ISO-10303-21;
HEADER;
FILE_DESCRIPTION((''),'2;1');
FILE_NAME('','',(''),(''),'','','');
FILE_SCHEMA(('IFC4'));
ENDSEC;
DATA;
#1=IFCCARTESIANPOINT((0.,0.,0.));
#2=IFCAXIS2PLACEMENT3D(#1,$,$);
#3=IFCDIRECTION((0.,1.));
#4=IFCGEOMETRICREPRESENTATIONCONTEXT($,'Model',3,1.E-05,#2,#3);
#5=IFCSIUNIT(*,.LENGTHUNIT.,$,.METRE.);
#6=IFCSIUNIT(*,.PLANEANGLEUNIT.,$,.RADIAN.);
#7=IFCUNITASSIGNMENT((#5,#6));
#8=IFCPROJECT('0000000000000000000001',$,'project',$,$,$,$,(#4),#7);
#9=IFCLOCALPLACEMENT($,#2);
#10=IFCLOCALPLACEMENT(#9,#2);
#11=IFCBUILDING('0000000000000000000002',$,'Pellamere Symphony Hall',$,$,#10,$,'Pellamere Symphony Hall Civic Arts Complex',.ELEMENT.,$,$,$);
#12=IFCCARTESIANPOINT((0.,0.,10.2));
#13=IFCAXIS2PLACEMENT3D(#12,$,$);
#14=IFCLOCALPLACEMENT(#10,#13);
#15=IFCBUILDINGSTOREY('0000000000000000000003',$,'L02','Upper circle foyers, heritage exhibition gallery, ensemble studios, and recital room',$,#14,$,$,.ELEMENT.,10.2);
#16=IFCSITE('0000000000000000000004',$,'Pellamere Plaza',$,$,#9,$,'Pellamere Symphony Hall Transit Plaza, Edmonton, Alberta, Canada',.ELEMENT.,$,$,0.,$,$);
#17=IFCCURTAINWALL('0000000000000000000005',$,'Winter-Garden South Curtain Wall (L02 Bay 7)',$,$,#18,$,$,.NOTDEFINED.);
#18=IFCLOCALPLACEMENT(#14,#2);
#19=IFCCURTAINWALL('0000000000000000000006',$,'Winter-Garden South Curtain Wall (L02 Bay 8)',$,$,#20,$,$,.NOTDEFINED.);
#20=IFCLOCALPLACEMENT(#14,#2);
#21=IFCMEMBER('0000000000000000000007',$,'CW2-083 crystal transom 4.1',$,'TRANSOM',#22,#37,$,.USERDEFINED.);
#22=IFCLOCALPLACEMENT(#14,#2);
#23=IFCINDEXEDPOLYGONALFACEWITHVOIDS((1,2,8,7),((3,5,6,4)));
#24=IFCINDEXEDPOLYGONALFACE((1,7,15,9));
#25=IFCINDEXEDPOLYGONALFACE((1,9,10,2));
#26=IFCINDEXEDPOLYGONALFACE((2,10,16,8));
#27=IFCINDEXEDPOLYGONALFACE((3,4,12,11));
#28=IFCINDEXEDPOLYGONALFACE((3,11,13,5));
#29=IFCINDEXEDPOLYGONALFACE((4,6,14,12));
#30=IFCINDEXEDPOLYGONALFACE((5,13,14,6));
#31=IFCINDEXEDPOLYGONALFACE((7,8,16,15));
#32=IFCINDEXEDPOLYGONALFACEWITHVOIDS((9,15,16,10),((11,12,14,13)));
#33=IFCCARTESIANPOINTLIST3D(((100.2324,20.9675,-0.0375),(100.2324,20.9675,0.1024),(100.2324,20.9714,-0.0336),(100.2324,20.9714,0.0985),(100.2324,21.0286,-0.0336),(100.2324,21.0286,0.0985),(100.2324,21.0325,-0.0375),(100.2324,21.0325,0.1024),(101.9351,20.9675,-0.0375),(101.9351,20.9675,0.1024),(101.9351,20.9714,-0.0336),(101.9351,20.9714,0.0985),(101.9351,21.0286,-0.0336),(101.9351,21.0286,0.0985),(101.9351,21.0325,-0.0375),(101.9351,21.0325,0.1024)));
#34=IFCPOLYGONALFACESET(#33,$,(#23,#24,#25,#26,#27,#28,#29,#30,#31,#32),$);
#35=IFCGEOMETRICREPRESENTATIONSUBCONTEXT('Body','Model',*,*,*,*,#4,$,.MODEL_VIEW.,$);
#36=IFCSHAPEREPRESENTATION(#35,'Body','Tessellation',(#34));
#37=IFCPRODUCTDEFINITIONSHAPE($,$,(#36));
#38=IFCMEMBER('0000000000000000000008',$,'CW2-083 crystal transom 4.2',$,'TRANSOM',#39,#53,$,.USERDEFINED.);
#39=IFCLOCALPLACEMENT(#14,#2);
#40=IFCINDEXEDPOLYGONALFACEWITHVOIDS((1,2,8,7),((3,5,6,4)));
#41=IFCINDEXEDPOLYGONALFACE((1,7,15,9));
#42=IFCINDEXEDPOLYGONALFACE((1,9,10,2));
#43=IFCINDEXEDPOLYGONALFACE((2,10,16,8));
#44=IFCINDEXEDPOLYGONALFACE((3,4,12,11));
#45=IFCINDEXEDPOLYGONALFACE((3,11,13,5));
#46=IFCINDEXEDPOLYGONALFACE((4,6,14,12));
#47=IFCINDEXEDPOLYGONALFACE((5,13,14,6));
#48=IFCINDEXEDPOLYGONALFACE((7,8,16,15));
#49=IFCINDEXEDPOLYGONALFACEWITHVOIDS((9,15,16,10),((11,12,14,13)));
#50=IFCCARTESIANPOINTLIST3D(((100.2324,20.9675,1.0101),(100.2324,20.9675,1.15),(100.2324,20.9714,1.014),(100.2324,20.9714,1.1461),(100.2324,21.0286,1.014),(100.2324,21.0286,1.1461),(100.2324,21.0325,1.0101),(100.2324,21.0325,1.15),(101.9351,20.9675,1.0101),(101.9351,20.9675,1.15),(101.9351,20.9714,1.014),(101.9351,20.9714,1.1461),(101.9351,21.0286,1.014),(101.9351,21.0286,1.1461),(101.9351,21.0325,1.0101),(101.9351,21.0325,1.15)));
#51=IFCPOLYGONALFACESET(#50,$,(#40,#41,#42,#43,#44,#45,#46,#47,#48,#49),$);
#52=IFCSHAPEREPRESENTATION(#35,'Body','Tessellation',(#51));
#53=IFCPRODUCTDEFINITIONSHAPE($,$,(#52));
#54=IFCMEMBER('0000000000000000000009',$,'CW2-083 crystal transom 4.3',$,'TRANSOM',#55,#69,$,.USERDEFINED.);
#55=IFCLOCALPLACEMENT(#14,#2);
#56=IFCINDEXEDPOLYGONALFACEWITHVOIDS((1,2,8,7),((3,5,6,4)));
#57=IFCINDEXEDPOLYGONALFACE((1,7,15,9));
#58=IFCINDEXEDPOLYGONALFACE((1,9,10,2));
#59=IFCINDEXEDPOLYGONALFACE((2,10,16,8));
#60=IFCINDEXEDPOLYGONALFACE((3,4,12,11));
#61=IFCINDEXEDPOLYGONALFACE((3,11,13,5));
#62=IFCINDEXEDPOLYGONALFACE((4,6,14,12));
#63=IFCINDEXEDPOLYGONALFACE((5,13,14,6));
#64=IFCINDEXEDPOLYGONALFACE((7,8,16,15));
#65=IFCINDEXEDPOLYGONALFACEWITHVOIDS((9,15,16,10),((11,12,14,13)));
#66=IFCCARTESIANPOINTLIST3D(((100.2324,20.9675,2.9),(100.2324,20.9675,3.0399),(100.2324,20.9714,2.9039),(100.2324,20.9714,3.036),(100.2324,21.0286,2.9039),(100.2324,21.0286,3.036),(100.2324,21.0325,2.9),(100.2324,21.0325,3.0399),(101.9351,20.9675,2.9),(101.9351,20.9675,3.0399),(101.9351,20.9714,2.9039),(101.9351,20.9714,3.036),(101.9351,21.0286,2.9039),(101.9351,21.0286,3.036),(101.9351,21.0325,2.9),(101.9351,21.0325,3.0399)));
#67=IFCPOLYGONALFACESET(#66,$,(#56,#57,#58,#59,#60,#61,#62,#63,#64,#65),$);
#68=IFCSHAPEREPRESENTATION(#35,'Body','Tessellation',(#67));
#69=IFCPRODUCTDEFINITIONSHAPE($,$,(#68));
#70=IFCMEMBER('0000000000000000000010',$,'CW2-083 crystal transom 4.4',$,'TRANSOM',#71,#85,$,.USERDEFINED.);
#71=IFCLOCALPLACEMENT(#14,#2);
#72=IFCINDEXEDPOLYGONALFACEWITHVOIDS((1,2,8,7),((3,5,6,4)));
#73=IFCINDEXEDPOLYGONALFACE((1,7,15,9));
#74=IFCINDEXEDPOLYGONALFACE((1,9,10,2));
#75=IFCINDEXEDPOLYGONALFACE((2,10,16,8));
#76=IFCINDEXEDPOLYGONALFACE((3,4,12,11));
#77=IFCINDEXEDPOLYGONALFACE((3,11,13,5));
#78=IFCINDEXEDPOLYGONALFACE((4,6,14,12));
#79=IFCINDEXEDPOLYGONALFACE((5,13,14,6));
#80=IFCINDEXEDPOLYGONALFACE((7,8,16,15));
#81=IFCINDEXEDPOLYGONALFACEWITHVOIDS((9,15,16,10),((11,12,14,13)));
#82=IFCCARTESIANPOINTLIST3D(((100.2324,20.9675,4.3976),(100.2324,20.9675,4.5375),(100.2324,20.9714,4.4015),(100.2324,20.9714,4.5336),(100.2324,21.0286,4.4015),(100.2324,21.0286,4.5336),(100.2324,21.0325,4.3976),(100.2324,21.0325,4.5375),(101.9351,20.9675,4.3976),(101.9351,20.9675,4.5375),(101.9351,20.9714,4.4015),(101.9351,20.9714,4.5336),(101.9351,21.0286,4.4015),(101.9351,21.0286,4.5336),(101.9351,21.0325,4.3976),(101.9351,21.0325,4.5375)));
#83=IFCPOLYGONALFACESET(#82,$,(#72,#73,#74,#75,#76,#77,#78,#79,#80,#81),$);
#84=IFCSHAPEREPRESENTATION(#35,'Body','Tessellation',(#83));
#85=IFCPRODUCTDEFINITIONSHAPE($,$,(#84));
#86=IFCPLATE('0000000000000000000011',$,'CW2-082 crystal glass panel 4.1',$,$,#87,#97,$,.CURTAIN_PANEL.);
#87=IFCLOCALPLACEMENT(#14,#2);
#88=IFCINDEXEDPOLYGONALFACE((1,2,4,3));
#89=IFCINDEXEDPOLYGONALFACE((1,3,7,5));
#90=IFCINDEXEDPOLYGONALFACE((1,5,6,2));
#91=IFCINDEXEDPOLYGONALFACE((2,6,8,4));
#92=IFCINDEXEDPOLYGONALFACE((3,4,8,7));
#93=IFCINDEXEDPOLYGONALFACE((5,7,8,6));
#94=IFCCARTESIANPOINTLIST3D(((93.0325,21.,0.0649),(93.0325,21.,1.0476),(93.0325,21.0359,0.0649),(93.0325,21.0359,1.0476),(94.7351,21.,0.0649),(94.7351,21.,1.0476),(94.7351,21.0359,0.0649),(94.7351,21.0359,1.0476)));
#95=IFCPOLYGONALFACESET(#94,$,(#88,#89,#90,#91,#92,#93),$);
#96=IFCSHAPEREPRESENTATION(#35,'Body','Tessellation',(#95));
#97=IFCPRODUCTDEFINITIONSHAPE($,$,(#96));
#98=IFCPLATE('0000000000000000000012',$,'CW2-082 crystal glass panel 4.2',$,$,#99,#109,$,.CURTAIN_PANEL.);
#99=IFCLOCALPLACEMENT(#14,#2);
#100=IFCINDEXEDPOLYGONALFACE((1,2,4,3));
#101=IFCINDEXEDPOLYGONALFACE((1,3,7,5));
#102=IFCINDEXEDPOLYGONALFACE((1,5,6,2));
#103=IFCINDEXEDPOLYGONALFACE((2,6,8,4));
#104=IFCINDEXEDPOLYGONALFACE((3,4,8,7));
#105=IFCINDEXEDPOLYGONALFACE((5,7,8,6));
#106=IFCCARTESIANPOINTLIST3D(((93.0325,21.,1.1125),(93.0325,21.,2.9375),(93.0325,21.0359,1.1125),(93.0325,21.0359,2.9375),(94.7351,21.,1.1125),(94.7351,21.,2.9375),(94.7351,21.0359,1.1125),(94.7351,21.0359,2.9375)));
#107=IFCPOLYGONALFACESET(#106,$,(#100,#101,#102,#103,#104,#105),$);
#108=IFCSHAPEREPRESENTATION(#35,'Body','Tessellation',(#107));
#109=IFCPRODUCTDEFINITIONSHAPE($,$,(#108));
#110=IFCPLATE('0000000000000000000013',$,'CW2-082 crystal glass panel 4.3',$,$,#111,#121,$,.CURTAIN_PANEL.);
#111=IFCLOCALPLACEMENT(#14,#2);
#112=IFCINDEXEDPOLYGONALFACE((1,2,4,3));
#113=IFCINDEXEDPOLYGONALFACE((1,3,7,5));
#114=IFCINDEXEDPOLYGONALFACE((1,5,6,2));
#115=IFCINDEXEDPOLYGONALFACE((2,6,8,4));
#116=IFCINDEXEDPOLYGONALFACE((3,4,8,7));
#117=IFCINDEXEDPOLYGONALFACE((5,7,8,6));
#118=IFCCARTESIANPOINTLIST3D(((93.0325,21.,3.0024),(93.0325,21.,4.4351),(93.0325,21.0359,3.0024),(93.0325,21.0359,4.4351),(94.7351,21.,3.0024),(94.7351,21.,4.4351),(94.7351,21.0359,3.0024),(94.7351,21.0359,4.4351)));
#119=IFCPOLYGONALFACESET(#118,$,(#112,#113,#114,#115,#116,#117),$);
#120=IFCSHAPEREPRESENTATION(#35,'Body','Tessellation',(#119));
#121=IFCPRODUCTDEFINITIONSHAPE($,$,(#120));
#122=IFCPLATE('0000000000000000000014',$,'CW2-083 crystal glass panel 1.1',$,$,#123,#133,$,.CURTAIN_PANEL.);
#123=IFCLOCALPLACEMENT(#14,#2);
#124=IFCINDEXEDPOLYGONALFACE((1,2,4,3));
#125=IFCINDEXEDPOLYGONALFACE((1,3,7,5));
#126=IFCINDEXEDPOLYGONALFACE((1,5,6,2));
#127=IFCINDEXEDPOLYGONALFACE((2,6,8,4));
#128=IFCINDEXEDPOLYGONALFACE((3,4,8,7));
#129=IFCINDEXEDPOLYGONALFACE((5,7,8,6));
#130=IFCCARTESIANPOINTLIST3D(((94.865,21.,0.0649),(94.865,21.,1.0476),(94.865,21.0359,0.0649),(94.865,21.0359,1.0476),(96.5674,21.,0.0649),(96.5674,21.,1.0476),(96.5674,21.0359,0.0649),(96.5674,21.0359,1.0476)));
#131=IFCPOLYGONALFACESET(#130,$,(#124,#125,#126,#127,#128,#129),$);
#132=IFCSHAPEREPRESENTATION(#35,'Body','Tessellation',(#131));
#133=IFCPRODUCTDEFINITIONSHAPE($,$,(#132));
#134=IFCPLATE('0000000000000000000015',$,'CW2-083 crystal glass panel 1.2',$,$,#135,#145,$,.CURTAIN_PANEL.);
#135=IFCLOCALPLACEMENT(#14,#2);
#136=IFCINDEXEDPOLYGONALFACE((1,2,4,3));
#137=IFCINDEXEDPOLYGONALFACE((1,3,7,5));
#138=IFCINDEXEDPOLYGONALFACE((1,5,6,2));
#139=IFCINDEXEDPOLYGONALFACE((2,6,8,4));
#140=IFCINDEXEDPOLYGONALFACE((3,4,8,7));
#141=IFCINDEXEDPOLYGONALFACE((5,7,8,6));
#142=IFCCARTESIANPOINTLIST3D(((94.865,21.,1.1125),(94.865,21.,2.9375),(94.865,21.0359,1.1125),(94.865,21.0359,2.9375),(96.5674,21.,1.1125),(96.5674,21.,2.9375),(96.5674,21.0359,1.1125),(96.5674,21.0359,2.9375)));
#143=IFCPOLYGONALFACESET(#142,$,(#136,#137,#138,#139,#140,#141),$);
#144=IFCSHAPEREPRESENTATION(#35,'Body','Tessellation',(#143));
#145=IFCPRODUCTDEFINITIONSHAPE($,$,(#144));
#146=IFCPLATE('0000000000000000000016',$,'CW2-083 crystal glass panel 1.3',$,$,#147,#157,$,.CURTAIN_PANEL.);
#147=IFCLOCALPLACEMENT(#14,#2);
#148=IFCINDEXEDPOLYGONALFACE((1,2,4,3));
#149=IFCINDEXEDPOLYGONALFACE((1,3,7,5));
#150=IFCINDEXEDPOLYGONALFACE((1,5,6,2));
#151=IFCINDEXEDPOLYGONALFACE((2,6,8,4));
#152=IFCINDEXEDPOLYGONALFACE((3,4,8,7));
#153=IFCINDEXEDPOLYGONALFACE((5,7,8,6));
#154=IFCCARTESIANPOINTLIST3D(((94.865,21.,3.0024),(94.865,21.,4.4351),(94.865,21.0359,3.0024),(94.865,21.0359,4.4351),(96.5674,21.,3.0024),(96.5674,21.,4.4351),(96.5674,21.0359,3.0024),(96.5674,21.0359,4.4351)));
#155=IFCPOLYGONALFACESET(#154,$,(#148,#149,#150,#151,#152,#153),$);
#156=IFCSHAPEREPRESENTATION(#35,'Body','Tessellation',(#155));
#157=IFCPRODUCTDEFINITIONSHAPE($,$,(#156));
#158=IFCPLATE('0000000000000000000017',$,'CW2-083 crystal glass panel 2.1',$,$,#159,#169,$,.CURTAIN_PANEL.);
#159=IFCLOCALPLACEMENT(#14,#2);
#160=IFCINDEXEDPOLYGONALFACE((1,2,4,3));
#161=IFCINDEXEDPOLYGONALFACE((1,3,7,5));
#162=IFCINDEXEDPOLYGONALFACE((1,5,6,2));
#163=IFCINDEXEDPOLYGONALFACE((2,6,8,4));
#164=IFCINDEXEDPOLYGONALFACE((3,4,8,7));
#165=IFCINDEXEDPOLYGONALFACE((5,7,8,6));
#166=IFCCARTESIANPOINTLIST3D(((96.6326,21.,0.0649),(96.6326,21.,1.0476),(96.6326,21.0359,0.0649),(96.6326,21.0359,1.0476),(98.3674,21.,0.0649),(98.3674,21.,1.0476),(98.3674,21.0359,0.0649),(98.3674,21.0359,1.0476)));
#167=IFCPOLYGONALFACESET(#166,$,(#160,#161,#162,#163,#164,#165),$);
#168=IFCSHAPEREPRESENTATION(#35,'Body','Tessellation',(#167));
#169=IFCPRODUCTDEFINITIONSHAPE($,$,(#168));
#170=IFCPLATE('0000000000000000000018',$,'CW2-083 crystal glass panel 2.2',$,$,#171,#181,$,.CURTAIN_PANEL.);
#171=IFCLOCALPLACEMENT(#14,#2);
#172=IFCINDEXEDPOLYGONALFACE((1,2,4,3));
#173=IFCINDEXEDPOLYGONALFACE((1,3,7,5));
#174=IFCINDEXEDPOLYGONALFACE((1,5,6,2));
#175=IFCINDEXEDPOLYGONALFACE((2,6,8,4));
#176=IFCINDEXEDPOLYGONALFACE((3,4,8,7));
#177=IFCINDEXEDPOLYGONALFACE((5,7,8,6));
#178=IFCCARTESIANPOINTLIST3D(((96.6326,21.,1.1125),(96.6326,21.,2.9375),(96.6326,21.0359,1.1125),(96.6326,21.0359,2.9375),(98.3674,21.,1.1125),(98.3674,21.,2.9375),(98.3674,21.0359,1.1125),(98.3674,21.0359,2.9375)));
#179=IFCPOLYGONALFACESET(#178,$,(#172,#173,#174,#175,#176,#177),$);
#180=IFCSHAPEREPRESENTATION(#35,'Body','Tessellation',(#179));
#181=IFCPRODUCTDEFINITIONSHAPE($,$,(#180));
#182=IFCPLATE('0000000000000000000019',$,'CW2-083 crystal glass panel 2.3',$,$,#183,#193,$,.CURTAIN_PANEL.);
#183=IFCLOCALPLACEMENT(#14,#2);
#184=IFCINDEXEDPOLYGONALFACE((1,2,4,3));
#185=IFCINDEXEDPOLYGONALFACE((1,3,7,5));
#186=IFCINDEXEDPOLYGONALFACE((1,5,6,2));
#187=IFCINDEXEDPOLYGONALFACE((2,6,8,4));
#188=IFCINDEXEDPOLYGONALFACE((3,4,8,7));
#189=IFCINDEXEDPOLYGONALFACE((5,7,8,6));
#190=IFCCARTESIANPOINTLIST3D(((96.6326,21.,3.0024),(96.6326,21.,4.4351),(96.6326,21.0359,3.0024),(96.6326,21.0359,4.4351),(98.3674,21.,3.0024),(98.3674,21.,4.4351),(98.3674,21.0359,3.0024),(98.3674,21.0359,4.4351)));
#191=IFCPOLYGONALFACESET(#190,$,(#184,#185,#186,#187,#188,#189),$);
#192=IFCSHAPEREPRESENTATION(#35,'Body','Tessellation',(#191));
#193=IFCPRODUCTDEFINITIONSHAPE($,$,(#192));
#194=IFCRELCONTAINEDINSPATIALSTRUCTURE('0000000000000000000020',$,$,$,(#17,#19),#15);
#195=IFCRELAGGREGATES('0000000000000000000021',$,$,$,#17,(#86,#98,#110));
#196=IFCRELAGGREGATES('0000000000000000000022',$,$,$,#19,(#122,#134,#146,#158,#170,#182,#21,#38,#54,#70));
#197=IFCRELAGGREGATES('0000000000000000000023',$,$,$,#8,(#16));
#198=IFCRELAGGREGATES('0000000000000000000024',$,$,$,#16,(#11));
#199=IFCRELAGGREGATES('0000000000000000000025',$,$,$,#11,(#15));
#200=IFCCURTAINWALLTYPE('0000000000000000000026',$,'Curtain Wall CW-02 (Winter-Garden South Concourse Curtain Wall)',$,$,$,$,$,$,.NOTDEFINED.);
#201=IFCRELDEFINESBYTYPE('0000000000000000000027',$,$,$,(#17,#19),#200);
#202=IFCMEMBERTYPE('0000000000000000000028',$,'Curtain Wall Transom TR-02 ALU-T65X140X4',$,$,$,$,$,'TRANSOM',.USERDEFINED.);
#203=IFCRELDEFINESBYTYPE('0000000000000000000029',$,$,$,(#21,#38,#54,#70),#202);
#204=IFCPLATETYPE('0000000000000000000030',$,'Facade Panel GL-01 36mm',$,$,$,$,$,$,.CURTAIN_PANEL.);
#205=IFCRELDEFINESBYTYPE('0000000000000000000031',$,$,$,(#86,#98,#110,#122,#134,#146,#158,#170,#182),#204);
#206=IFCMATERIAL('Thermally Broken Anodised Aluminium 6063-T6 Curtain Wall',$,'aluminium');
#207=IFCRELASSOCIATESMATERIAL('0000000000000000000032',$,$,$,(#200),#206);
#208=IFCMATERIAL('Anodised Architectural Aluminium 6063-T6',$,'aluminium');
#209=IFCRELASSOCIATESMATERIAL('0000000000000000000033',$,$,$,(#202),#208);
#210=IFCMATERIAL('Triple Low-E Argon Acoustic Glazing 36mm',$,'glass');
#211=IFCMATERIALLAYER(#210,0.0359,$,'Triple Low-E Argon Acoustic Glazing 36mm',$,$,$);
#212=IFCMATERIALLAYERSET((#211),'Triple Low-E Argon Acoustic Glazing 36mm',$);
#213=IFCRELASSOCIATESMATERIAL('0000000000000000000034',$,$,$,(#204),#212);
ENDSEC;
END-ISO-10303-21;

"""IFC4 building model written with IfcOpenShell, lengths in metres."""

from ifc_helpers import new_model, si_unit, direction, frame, origin, origin_2d, place, context, subcontext, project, spatial, polyline, hollow_rectangle, outline, extrude, material, layer, layer_set, material_profile, profile_set, type_object, element, aggregate, save


model = new_model("IFC4")

# Units and contexts
model_context = context("Model", 3, precision=1e-05, world=origin(), true_north=direction((0.0, 1.0)))
body_context = subcontext(model_context, "Body", "Model", "MODEL_VIEW")
ifc_project = project(units=[si_unit("LENGTHUNIT", "METRE"), si_unit("PLANEANGLEUNIT", "RADIAN")], contexts=[model_context])

# Site, building, storey
site_placement = place(None, origin())
site = spatial("IfcSite", under=ifc_project, at=site_placement, Name="Pellamere Plaza", LongName="Pellamere Symphony Hall Transit Plaza, Edmonton, Alberta, Canada", CompositionType="ELEMENT", RefElevation=0.0)
building_placement = place(site_placement, origin())
building = spatial("IfcBuilding", under=site, at=building_placement, Name="Pellamere Symphony Hall", LongName="Pellamere Symphony Hall Civic Arts Complex", CompositionType="ELEMENT")
storey_placement = place(building_placement, frame((0.0, 0.0, 10.2)))
storey = spatial("IfcBuildingStorey", under=building, at=storey_placement, Name="L02", Description="Upper circle foyers, heritage exhibition gallery, ensemble studios, and recital room", CompositionType="ELEMENT", Elevation=10.2)

# Curtain wall
ifc_material_1 = material(Name="Thermally Broken Anodised Aluminium 6063-T6 Curtain Wall", Category="aluminium")
curtain_wall_type = type_object("IfcCurtainWallType", Name="Curtain Wall CW-02 (Winter-Garden South Concourse Curtain Wall)", PredefinedType="NOTDEFINED", material=ifc_material_1)
curtain_wall_1_placement = place(storey_placement, origin())
curtain_wall_1 = element("IfcCurtainWall", 1, at=curtain_wall_1_placement, inside=storey, type_object=curtain_wall_type, Name="Winter-Garden South Curtain Wall (L02 Bay 7)", PredefinedType="NOTDEFINED")
ifc_material_2 = material(Name="Anodised Architectural Aluminium 6063-T6", Category="aluminium")

# Curtain wall
curtain_wall_2_placement = place(storey_placement, origin())
curtain_wall_2 = element("IfcCurtainWall", 2, at=curtain_wall_2_placement, inside=storey, type_object=curtain_wall_type, Name="Winter-Garden South Curtain Wall (L02 Bay 8)", PredefinedType="NOTDEFINED")

# Members
ifc_material_profile_1 = material_profile(ifc_material_2, hollow_rectangle(XDim=0.0649, YDim=0.1399, WallThickness=0.0039, at=origin_2d()), Name="ALU-T65X140X4")
ifc_profile_set_1 = profile_set([ifc_material_profile_1], Name="Anodised Architectural Aluminium 6063-T6")
member_type_1 = type_object("IfcMemberType", Name="Curtain Wall Transom TR-02 ALU-T65X140X4", ElementType="TRANSOM", PredefinedType="USERDEFINED", material=ifc_profile_set_1)
member_1_placement = place(storey_placement, frame((100.2324, 21.0, 0.0325), z_axis=(1.0, 0.0, 0.0), x_axis=(0.0, 1.0, 0.0)))
member_1 = element("IfcMember", 3, at=member_1_placement, type_object=member_type_1, Name="CW2-083 crystal transom 4.1", ObjectType="TRANSOM", PredefinedType="USERDEFINED", context=body_context, shape_type="SweptSolid", body=[
    extrude(hollow_rectangle(XDim=0.0649, YDim=0.1399, WallThickness=0.0039, at=origin_2d()), origin(), (0.0, 0.0, 1.0), 1.7026),
])
member_2_placement = place(storey_placement, frame((100.2324, 21.0, 1.0801), z_axis=(1.0, 0.0, 0.0), x_axis=(0.0, 1.0, 0.0)))
member_2 = element("IfcMember", 4, at=member_2_placement, type_object=member_type_1, Name="CW2-083 crystal transom 4.2", ObjectType="TRANSOM", PredefinedType="USERDEFINED", context=body_context, shape_type="SweptSolid", body=[
    extrude(hollow_rectangle(XDim=0.0649, YDim=0.1399, WallThickness=0.0039, at=origin_2d()), origin(), (0.0, 0.0, 1.0), 1.7026),
])
member_3_placement = place(storey_placement, frame((100.2324, 21.0, 2.97), z_axis=(1.0, 0.0, 0.0), x_axis=(0.0, 1.0, 0.0)))
member_3 = element("IfcMember", 5, at=member_3_placement, type_object=member_type_1, Name="CW2-083 crystal transom 4.3", ObjectType="TRANSOM", PredefinedType="USERDEFINED", context=body_context, shape_type="SweptSolid", body=[
    extrude(hollow_rectangle(XDim=0.0649, YDim=0.1399, WallThickness=0.0039, at=origin_2d()), origin(), (0.0, 0.0, 1.0), 1.7026),
])
member_4_placement = place(storey_placement, frame((100.2324, 21.0, 4.4675), z_axis=(1.0, 0.0, 0.0), x_axis=(0.0, 1.0, 0.0)))
member_4 = element("IfcMember", 6, at=member_4_placement, type_object=member_type_1, Name="CW2-083 crystal transom 4.4", ObjectType="TRANSOM", PredefinedType="USERDEFINED", context=body_context, shape_type="SweptSolid", body=[
    extrude(hollow_rectangle(XDim=0.0649, YDim=0.1399, WallThickness=0.0039, at=origin_2d()), origin(), (0.0, 0.0, 1.0), 1.7026),
])

# Plates
ifc_material_3 = material(Name="Triple Low-E Argon Acoustic Glazing 36mm", Category="glass")
ifc_layer = layer(ifc_material_3, 0.0359, Name="Triple Low-E Argon Acoustic Glazing 36mm")
ifc_layer_set = layer_set([ifc_layer], Name="Triple Low-E Argon Acoustic Glazing 36mm")
plate_type = type_object("IfcPlateType", Name="Facade Panel GL-01 36mm", PredefinedType="CURTAIN_PANEL", material=ifc_layer_set)
plate_1_placement = place(storey_placement, frame((93.0325, 21.0, 0.0649), z_axis=(0.0, -1.0, 0.0), x_axis=(1.0, 0.0, 0.0)))
plate_1 = element("IfcPlate", 7, at=plate_1_placement, type_object=plate_type, Name="CW2-082 crystal glass panel 4.1", PredefinedType="CURTAIN_PANEL", context=body_context, shape_type="SweptSolid", body=[
    extrude(outline(polyline([(0.0, 0.0), (1.7026, 0.0), (1.7026, 0.9827), (0.0, 0.9827), (0.0, 0.0)])), origin(), (0.0, 0.0, -1.0), 0.0359),
])
plate_2_placement = place(storey_placement, frame((93.0325, 21.0, 1.1125), z_axis=(0.0, -1.0, 0.0), x_axis=(1.0, 0.0, 0.0)))
plate_2 = element("IfcPlate", 8, at=plate_2_placement, type_object=plate_type, Name="CW2-082 crystal glass panel 4.2", PredefinedType="CURTAIN_PANEL", context=body_context, shape_type="SweptSolid", body=[
    extrude(outline(polyline([(0.0, 0.0), (1.7026, 0.0), (1.7026, 1.825), (0.0, 1.825), (0.0, 0.0)])), origin(), (0.0, 0.0, -1.0), 0.0359),
])
plate_3_placement = place(storey_placement, frame((93.0325, 21.0, 3.0024), z_axis=(0.0, -1.0, 0.0), x_axis=(1.0, 0.0, 0.0)))
plate_3 = element("IfcPlate", 9, at=plate_3_placement, type_object=plate_type, Name="CW2-082 crystal glass panel 4.3", PredefinedType="CURTAIN_PANEL", context=body_context, shape_type="SweptSolid", body=[
    extrude(outline(polyline([(0.0, 0.0), (1.7026, 0.0), (1.7026, 1.4326), (0.0, 1.4326), (0.0, 0.0)])), origin(), (0.0, 0.0, -1.0), 0.0359),
])
aggregate(curtain_wall_1, [plate_1, plate_2, plate_3])
plate_4_placement = place(storey_placement, frame((94.865, 21.0, 0.0649), z_axis=(0.0, -1.0, 0.0), x_axis=(1.0, 0.0, 0.0)))
plate_4 = element("IfcPlate", 10, at=plate_4_placement, type_object=plate_type, Name="CW2-083 crystal glass panel 1.1", PredefinedType="CURTAIN_PANEL", context=body_context, shape_type="SweptSolid", body=[
    extrude(outline(polyline([(0.0, 0.0), (1.7024, 0.0), (1.7024, 0.9827), (0.0, 0.9827), (0.0, 0.0)])), origin(), (0.0, 0.0, -1.0), 0.0359),
])
plate_5_placement = place(storey_placement, frame((94.865, 21.0, 1.1125), z_axis=(0.0, -1.0, 0.0), x_axis=(1.0, 0.0, 0.0)))
plate_5 = element("IfcPlate", 11, at=plate_5_placement, type_object=plate_type, Name="CW2-083 crystal glass panel 1.2", PredefinedType="CURTAIN_PANEL", context=body_context, shape_type="SweptSolid", body=[
    extrude(outline(polyline([(0.0, 0.0), (1.7024, 0.0), (1.7024, 1.825), (0.0, 1.825), (0.0, 0.0)])), origin(), (0.0, 0.0, -1.0), 0.0359),
])
plate_6_placement = place(storey_placement, frame((94.865, 21.0, 3.0024), z_axis=(0.0, -1.0, 0.0), x_axis=(1.0, 0.0, 0.0)))
plate_6 = element("IfcPlate", 12, at=plate_6_placement, type_object=plate_type, Name="CW2-083 crystal glass panel 1.3", PredefinedType="CURTAIN_PANEL", context=body_context, shape_type="SweptSolid", body=[
    extrude(outline(polyline([(0.0, 0.0), (1.7024, 0.0), (1.7024, 1.4326), (0.0, 1.4326), (0.0, 0.0)])), origin(), (0.0, 0.0, -1.0), 0.0359),
])
plate_7_placement = place(storey_placement, frame((96.6326, 21.0, 0.0649), z_axis=(0.0, -1.0, 0.0), x_axis=(1.0, 0.0, 0.0)))
plate_7 = element("IfcPlate", 13, at=plate_7_placement, type_object=plate_type, Name="CW2-083 crystal glass panel 2.1", PredefinedType="CURTAIN_PANEL", context=body_context, shape_type="SweptSolid", body=[
    extrude(outline(polyline([(0.0, 0.0), (1.7349, 0.0), (1.7349, 0.9827), (0.0, 0.9827), (0.0, 0.0)])), origin(), (0.0, 0.0, -1.0), 0.0359),
])
plate_8_placement = place(storey_placement, frame((96.6326, 21.0, 1.1125), z_axis=(0.0, -1.0, 0.0), x_axis=(1.0, 0.0, 0.0)))
plate_8 = element("IfcPlate", 14, at=plate_8_placement, type_object=plate_type, Name="CW2-083 crystal glass panel 2.2", PredefinedType="CURTAIN_PANEL", context=body_context, shape_type="SweptSolid", body=[
    extrude(outline(polyline([(0.0, 0.0), (1.7349, 0.0), (1.7349, 1.825), (0.0, 1.825), (0.0, 0.0)])), origin(), (0.0, 0.0, -1.0), 0.0359),
])
plate_9_placement = place(storey_placement, frame((96.6326, 21.0, 3.0024), z_axis=(0.0, -1.0, 0.0), x_axis=(1.0, 0.0, 0.0)))
plate_9 = element("IfcPlate", 15, at=plate_9_placement, type_object=plate_type, Name="CW2-083 crystal glass panel 2.3", PredefinedType="CURTAIN_PANEL", context=body_context, shape_type="SweptSolid", body=[
    extrude(outline(polyline([(0.0, 0.0), (1.7349, 0.0), (1.7349, 1.4326), (0.0, 1.4326), (0.0, 0.0)])), origin(), (0.0, 0.0, -1.0), 0.0359),
])
aggregate(curtain_wall_2, [plate_4, plate_5, plate_6, plate_7, plate_8, plate_9, member_1, member_2, member_3, member_4])

save(model, "model.ifc")
